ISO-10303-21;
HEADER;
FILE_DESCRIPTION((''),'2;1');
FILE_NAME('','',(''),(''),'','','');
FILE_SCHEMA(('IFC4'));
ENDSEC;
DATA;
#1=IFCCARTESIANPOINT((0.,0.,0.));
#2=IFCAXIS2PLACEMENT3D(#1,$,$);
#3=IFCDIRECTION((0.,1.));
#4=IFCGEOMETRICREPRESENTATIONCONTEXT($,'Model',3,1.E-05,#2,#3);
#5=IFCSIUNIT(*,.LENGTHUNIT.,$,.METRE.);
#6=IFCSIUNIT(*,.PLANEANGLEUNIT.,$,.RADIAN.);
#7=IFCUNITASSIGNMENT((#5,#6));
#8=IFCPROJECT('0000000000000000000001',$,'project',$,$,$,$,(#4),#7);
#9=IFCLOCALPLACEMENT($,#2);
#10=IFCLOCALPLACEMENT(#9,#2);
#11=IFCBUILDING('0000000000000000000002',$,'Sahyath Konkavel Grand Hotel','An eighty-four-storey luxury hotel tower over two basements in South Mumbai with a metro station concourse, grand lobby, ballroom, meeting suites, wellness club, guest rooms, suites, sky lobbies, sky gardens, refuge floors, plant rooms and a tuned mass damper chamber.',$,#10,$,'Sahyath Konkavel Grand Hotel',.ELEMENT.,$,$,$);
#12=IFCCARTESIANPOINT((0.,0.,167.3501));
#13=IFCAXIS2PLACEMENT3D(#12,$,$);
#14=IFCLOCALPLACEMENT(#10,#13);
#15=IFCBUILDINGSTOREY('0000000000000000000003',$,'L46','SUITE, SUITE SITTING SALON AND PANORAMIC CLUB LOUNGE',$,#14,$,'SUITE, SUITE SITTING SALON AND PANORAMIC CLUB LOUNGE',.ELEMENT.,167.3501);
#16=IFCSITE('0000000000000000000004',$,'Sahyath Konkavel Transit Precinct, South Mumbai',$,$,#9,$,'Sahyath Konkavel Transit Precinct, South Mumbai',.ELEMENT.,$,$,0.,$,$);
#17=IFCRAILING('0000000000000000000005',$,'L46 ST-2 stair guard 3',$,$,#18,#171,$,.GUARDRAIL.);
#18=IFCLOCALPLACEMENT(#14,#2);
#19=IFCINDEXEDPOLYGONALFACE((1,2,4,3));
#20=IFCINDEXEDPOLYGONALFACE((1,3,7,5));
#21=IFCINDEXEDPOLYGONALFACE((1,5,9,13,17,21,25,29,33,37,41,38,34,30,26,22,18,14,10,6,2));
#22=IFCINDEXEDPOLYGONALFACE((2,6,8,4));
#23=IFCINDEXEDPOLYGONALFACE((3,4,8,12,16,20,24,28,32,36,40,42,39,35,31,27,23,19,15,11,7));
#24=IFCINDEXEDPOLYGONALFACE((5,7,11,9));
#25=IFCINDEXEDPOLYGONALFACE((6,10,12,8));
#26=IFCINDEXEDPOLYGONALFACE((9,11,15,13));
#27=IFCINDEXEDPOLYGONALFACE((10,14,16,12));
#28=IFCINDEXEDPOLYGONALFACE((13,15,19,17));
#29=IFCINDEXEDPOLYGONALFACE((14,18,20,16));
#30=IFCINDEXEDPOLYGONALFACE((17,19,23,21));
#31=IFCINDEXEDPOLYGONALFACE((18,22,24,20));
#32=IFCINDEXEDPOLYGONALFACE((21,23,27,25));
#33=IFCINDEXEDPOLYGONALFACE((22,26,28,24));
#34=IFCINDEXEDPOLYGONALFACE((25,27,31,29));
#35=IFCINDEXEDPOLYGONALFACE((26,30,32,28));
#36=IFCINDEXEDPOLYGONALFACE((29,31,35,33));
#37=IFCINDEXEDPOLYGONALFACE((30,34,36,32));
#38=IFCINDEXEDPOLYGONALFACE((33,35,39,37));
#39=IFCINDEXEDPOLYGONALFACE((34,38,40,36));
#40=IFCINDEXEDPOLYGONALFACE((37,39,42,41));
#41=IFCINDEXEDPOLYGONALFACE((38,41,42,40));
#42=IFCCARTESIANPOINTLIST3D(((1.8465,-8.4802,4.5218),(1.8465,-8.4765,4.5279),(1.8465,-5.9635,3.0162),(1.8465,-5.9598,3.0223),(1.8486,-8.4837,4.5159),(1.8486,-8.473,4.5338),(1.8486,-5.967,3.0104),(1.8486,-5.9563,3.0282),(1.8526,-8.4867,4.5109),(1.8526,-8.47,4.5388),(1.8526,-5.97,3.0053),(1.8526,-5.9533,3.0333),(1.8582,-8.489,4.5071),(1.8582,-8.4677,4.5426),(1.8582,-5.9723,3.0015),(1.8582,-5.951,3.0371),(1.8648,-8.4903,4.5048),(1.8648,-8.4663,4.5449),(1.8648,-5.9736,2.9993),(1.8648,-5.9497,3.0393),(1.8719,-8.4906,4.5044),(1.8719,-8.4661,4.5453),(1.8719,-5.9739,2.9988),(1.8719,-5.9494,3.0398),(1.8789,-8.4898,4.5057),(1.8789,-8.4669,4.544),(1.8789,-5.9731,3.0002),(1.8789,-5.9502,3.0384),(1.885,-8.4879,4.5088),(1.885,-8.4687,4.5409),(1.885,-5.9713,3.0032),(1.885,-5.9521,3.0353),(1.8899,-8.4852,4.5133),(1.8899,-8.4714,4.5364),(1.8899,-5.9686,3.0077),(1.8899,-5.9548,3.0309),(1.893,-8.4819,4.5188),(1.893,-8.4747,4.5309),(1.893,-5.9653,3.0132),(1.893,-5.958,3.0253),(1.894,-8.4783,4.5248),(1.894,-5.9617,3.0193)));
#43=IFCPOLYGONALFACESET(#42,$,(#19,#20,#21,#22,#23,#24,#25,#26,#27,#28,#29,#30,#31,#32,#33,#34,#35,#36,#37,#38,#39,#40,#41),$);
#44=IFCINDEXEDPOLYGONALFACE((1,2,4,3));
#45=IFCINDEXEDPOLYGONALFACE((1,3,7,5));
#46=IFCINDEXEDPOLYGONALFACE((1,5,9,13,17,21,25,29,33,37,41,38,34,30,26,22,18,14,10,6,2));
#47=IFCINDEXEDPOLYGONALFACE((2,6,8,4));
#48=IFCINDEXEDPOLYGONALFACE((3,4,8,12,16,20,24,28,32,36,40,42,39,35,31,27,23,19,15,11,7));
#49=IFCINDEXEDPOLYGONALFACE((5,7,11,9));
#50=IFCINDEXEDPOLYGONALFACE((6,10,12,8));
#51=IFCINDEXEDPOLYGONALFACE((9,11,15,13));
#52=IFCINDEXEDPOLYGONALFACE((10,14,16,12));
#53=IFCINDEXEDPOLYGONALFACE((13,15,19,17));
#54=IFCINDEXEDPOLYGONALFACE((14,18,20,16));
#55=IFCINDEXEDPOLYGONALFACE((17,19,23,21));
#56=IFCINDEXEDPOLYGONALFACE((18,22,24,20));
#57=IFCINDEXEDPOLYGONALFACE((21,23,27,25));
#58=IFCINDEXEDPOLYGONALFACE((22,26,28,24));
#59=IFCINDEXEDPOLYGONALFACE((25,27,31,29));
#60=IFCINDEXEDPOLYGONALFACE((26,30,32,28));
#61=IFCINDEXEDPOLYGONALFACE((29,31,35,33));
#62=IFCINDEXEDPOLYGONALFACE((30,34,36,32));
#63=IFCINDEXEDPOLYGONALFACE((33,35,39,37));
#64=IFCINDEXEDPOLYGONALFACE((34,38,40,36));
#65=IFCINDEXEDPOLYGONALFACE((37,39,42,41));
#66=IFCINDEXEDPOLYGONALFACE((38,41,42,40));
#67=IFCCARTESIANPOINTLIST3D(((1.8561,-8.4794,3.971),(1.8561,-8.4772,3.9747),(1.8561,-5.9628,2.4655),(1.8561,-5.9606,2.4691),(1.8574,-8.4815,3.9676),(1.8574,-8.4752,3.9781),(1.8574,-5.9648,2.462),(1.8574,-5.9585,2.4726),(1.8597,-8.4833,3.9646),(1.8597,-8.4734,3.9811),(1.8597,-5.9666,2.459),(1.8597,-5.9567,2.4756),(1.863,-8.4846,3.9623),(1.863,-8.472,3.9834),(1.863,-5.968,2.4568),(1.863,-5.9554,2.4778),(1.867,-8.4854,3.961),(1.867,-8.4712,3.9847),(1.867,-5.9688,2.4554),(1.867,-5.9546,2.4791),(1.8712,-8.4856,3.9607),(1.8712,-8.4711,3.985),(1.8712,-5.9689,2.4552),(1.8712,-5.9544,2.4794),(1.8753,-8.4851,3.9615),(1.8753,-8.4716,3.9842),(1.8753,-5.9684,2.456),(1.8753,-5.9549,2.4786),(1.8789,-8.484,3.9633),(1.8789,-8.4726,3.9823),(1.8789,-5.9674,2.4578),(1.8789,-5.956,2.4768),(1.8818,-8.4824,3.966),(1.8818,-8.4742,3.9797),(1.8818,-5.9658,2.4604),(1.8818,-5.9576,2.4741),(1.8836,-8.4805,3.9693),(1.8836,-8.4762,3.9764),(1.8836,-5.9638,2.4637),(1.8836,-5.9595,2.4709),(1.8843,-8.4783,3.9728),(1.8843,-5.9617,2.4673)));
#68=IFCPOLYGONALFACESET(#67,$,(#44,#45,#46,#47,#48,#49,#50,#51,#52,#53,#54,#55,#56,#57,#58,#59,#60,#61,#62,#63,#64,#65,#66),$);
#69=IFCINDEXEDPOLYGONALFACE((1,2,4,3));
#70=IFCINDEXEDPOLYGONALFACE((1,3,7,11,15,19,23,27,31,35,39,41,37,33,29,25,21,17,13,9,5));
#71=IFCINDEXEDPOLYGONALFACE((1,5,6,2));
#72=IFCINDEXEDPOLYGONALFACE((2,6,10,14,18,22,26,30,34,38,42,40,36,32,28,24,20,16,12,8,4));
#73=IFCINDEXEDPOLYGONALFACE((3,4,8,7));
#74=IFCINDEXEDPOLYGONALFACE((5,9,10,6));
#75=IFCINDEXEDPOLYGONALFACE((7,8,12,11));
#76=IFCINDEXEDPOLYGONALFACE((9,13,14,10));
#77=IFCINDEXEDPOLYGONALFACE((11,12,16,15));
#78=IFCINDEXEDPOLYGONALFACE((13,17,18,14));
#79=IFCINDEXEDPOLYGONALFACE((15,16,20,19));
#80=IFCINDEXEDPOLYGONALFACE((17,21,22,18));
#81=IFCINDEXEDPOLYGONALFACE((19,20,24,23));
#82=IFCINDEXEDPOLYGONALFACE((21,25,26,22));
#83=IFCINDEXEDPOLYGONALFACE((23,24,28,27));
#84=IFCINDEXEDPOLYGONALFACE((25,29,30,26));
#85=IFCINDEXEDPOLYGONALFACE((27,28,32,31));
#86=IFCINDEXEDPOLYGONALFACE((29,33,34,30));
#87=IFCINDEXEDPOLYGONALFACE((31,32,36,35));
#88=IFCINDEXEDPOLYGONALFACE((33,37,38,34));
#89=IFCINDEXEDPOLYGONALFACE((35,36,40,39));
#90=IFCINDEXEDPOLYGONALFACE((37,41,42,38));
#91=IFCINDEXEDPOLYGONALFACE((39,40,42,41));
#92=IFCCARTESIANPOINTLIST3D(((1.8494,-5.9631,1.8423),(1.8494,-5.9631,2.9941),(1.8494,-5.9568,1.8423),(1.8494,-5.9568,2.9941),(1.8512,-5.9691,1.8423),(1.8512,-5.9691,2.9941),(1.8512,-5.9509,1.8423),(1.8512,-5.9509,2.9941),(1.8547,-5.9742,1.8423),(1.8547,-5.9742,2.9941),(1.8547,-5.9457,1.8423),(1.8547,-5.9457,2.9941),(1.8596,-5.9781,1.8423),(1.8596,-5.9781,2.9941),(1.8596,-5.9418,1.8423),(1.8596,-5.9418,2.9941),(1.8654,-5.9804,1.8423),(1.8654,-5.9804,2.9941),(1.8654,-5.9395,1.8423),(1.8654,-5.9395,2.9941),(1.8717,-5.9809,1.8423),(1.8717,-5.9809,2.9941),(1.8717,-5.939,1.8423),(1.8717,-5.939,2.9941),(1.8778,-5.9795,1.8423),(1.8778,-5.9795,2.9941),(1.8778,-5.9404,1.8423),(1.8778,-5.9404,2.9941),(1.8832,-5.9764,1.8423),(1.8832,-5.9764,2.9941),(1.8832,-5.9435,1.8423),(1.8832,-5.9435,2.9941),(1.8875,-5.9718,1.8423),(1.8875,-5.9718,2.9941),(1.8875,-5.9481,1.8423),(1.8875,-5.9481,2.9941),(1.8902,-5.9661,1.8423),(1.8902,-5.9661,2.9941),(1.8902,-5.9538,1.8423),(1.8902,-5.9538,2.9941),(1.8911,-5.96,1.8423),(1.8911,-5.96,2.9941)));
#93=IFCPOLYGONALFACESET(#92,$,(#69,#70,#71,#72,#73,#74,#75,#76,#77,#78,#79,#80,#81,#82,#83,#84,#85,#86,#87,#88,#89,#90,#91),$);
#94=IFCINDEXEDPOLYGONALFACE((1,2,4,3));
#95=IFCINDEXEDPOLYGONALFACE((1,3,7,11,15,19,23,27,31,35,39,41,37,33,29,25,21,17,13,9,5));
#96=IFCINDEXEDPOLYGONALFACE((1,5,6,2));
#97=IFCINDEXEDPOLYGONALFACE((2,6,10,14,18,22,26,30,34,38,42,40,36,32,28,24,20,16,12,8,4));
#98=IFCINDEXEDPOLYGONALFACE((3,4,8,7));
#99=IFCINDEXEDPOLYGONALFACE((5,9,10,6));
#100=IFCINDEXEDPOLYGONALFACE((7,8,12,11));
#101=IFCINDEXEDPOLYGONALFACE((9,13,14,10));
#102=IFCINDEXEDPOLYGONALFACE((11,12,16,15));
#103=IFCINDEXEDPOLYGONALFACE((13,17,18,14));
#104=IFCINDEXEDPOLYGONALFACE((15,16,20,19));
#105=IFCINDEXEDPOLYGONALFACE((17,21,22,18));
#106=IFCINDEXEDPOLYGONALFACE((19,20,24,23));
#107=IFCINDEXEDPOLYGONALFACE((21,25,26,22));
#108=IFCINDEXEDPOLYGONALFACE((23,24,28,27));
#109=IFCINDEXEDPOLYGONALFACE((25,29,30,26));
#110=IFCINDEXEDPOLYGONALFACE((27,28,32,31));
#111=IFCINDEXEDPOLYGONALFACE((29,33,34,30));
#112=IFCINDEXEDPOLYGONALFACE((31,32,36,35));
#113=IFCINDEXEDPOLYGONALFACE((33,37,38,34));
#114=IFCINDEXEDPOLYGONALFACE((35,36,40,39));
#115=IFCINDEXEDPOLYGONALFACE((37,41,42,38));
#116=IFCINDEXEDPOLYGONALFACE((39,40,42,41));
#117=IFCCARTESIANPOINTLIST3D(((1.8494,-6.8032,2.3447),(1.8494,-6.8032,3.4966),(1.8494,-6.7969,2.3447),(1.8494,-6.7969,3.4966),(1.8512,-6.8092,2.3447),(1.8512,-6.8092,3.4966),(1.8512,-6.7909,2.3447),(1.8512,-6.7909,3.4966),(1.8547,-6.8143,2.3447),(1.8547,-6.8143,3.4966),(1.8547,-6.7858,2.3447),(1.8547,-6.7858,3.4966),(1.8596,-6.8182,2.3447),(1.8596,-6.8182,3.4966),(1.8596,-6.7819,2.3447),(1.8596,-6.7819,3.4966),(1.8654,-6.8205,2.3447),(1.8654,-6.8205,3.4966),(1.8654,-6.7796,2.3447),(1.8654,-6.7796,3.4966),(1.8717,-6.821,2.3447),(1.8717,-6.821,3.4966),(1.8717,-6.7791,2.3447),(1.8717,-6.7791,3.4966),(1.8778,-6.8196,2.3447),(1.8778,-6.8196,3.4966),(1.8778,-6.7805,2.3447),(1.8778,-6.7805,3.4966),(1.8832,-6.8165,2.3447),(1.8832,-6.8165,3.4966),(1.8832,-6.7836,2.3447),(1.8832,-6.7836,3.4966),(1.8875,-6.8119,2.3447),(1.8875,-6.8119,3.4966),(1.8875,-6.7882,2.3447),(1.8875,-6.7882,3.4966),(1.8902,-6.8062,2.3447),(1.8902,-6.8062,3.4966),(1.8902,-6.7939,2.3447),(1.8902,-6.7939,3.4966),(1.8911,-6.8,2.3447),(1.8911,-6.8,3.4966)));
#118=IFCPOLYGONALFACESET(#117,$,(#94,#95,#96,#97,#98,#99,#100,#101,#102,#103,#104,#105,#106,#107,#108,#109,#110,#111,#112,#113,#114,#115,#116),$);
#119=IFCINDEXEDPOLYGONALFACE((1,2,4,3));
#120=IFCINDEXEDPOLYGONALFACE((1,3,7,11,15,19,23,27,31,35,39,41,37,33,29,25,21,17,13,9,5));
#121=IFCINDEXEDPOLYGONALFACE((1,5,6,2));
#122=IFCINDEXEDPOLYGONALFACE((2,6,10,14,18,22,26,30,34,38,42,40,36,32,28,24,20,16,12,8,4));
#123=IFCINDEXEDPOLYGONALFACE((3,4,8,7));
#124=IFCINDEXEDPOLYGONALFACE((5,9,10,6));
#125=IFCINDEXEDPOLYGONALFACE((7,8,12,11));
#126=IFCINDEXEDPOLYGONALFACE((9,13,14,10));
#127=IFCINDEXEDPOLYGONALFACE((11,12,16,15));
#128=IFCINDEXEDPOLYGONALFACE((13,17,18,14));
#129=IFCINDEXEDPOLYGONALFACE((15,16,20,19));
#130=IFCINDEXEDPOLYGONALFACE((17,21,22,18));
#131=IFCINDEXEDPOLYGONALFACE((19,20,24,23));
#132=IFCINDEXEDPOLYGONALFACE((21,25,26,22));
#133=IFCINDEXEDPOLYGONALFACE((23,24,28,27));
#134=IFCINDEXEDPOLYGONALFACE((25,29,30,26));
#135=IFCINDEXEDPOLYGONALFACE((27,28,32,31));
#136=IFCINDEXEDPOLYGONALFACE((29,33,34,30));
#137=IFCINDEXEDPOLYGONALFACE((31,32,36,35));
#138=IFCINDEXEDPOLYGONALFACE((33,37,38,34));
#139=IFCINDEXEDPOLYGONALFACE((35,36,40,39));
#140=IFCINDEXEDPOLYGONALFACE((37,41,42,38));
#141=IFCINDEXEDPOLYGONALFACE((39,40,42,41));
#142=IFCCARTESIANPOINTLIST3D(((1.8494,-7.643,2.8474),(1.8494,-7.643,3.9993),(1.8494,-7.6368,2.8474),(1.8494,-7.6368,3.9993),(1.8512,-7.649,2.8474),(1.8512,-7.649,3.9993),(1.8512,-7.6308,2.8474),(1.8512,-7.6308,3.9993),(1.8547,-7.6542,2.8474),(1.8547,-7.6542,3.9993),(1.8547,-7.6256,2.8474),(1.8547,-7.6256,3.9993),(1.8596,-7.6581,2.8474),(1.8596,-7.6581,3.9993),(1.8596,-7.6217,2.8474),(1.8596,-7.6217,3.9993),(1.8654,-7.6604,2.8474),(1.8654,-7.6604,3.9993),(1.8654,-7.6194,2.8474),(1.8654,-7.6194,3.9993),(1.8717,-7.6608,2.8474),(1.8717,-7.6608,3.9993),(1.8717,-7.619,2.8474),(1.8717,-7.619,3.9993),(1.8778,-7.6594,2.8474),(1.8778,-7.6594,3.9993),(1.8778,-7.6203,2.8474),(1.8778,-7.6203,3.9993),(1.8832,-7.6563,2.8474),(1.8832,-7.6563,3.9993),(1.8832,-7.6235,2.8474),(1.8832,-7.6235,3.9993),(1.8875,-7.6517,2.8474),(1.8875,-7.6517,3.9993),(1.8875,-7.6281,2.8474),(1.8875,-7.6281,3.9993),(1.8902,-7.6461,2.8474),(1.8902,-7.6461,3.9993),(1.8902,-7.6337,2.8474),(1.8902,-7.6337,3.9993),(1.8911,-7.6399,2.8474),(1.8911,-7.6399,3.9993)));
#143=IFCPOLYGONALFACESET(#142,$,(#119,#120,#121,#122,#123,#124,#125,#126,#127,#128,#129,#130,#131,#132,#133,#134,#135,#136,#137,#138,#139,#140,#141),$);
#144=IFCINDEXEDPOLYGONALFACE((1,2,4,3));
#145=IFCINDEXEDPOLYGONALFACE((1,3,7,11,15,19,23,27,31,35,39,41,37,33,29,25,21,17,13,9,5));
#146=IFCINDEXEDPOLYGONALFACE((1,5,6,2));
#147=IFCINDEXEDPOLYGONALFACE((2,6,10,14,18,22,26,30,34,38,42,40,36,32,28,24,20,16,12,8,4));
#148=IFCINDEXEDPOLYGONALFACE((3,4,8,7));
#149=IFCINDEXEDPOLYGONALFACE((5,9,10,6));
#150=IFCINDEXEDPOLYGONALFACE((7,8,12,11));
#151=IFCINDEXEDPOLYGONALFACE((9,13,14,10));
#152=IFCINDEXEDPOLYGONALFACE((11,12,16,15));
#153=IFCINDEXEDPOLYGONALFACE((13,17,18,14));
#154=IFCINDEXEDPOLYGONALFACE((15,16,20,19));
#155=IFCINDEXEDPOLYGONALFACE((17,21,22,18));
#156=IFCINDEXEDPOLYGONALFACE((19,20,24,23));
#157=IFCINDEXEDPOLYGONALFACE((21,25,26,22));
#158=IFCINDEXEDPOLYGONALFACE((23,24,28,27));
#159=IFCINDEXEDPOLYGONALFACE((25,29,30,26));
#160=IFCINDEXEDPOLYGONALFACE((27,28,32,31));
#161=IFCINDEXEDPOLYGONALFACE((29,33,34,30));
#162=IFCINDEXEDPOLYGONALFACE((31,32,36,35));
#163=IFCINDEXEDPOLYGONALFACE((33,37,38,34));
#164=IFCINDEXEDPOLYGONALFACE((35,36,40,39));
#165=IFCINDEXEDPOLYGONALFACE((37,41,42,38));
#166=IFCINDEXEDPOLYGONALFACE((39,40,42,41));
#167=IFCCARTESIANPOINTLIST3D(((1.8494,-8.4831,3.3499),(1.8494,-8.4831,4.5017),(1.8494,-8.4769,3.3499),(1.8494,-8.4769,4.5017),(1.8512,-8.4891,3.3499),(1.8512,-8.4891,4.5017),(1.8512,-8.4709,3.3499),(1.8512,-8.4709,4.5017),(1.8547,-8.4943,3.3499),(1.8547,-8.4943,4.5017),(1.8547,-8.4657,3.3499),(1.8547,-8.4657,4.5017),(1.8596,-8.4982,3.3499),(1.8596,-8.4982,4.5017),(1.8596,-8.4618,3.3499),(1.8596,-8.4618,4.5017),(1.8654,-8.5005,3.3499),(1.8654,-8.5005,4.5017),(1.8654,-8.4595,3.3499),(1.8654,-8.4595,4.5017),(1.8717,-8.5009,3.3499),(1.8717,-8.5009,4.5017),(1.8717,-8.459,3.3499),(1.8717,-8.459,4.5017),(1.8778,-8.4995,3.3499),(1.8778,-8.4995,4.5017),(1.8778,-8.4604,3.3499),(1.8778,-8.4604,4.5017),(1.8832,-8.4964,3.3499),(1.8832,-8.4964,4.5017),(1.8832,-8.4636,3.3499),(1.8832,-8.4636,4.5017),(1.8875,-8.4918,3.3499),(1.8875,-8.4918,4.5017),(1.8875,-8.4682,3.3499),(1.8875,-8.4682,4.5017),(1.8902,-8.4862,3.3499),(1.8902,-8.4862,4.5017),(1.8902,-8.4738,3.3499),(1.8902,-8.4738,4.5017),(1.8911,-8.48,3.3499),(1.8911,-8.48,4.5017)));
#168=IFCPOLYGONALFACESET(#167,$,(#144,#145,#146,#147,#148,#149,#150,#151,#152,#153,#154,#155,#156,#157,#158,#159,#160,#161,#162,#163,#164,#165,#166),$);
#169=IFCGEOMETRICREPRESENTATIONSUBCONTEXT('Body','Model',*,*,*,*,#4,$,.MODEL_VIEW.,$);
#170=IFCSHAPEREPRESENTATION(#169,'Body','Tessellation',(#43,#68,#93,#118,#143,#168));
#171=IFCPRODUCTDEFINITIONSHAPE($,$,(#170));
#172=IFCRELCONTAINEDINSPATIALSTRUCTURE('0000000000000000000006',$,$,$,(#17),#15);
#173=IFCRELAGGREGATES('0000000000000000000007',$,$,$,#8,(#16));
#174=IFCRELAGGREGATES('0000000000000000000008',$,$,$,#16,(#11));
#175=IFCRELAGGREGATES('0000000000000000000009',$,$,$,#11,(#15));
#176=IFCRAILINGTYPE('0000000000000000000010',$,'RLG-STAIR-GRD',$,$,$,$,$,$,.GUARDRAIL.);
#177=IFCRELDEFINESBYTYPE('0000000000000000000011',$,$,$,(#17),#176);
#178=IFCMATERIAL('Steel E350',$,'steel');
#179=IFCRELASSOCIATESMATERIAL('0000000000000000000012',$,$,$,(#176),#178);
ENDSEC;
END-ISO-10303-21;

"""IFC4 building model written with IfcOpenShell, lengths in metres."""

from ifc_helpers import new_model, si_unit, direction, frame, origin, origin_2d, place, context, subcontext, project, spatial, circle, extrude, material, type_object, element, save


model = new_model("IFC4")

# Units and contexts
model_context = context("Model", 3, precision=1e-05, world=origin(), true_north=direction((0.0, 1.0)))
body_context = subcontext(model_context, "Body", "Model", "MODEL_VIEW")
ifc_project = project(units=[si_unit("LENGTHUNIT", "METRE"), si_unit("PLANEANGLEUNIT", "RADIAN")], contexts=[model_context])

# Site, building, storey
site_placement = place(None, origin())
site = spatial("IfcSite", under=ifc_project, at=site_placement, Name="Sahyath Konkavel Transit Precinct, South Mumbai", LongName="Sahyath Konkavel Transit Precinct, South Mumbai", CompositionType="ELEMENT", RefElevation=0.0)
building_placement = place(site_placement, origin())
building = spatial("IfcBuilding", under=site, at=building_placement, Name="Sahyath Konkavel Grand Hotel", Description="An eighty-four-storey luxury hotel tower over two basements in South Mumbai with a metro station concourse, grand lobby, ballroom, meeting suites, wellness club, guest rooms, suites, sky lobbies, sky gardens, refuge floors, plant rooms and a tuned mass damper chamber.", LongName="Sahyath Konkavel Grand Hotel", CompositionType="ELEMENT")
storey_placement = place(building_placement, frame((0.0, 0.0, 167.3501)))
storey = spatial("IfcBuildingStorey", under=building, at=storey_placement, Name="L46", Description="SUITE, SUITE SITTING SALON AND PANORAMIC CLUB LOUNGE", LongName="SUITE, SUITE SITTING SALON AND PANORAMIC CLUB LOUNGE", CompositionType="ELEMENT", Elevation=167.3501)

# Shared definitions
ifc_material_1 = material(Name="Steel E350", Category="steel")

# Railing
railing_type_1 = type_object("IfcRailingType", Name="RLG-STAIR-GRD", PredefinedType="GUARDRAIL", material=ifc_material_1)
railing_1_placement = place(storey_placement, frame((1.8701, -5.96, 1.8423)))
element("IfcRailing", 1, at=railing_1_placement, inside=storey, type_object=railing_type_1, Name="L46 ST-2 stair guard 3", PredefinedType="GUARDRAIL", context=body_context, shape_type="SweptSolid", body=[
    extrude(circle(Radius=0.0239, at=origin_2d()), frame((0.0, -0.0017, 1.177), z_axis=(0.0, -0.85816, 0.513383), x_axis=(1.0, 0.0, 0.0)), (0.0, 0.0, 1.0), 2.9326),
    extrude(circle(Radius=0.0142, at=origin_2d()), frame((0.0, -0.0017, 0.625), z_axis=(0.0, -0.85816, 0.513383), x_axis=(1.0, 0.0, 0.0)), (0.0, 0.0, 1.0), 2.9326),
    extrude(circle(Radius=0.021, at=origin_2d()), origin(), (0.0, 0.0, 1.0), 1.1519),
    extrude(circle(Radius=0.021, at=origin_2d()), frame((0.0, -0.8401, 0.5024)), (0.0, 0.0, 1.0), 1.1519),
    extrude(circle(Radius=0.021, at=origin_2d()), frame((0.0, -1.6799, 1.0051)), (0.0, 0.0, 1.0), 1.1519),
    extrude(circle(Radius=0.021, at=origin_2d()), frame((0.0, -2.52, 1.5076)), (0.0, 0.0, 1.0), 1.1519),
])

save(model, "model.ifc")
